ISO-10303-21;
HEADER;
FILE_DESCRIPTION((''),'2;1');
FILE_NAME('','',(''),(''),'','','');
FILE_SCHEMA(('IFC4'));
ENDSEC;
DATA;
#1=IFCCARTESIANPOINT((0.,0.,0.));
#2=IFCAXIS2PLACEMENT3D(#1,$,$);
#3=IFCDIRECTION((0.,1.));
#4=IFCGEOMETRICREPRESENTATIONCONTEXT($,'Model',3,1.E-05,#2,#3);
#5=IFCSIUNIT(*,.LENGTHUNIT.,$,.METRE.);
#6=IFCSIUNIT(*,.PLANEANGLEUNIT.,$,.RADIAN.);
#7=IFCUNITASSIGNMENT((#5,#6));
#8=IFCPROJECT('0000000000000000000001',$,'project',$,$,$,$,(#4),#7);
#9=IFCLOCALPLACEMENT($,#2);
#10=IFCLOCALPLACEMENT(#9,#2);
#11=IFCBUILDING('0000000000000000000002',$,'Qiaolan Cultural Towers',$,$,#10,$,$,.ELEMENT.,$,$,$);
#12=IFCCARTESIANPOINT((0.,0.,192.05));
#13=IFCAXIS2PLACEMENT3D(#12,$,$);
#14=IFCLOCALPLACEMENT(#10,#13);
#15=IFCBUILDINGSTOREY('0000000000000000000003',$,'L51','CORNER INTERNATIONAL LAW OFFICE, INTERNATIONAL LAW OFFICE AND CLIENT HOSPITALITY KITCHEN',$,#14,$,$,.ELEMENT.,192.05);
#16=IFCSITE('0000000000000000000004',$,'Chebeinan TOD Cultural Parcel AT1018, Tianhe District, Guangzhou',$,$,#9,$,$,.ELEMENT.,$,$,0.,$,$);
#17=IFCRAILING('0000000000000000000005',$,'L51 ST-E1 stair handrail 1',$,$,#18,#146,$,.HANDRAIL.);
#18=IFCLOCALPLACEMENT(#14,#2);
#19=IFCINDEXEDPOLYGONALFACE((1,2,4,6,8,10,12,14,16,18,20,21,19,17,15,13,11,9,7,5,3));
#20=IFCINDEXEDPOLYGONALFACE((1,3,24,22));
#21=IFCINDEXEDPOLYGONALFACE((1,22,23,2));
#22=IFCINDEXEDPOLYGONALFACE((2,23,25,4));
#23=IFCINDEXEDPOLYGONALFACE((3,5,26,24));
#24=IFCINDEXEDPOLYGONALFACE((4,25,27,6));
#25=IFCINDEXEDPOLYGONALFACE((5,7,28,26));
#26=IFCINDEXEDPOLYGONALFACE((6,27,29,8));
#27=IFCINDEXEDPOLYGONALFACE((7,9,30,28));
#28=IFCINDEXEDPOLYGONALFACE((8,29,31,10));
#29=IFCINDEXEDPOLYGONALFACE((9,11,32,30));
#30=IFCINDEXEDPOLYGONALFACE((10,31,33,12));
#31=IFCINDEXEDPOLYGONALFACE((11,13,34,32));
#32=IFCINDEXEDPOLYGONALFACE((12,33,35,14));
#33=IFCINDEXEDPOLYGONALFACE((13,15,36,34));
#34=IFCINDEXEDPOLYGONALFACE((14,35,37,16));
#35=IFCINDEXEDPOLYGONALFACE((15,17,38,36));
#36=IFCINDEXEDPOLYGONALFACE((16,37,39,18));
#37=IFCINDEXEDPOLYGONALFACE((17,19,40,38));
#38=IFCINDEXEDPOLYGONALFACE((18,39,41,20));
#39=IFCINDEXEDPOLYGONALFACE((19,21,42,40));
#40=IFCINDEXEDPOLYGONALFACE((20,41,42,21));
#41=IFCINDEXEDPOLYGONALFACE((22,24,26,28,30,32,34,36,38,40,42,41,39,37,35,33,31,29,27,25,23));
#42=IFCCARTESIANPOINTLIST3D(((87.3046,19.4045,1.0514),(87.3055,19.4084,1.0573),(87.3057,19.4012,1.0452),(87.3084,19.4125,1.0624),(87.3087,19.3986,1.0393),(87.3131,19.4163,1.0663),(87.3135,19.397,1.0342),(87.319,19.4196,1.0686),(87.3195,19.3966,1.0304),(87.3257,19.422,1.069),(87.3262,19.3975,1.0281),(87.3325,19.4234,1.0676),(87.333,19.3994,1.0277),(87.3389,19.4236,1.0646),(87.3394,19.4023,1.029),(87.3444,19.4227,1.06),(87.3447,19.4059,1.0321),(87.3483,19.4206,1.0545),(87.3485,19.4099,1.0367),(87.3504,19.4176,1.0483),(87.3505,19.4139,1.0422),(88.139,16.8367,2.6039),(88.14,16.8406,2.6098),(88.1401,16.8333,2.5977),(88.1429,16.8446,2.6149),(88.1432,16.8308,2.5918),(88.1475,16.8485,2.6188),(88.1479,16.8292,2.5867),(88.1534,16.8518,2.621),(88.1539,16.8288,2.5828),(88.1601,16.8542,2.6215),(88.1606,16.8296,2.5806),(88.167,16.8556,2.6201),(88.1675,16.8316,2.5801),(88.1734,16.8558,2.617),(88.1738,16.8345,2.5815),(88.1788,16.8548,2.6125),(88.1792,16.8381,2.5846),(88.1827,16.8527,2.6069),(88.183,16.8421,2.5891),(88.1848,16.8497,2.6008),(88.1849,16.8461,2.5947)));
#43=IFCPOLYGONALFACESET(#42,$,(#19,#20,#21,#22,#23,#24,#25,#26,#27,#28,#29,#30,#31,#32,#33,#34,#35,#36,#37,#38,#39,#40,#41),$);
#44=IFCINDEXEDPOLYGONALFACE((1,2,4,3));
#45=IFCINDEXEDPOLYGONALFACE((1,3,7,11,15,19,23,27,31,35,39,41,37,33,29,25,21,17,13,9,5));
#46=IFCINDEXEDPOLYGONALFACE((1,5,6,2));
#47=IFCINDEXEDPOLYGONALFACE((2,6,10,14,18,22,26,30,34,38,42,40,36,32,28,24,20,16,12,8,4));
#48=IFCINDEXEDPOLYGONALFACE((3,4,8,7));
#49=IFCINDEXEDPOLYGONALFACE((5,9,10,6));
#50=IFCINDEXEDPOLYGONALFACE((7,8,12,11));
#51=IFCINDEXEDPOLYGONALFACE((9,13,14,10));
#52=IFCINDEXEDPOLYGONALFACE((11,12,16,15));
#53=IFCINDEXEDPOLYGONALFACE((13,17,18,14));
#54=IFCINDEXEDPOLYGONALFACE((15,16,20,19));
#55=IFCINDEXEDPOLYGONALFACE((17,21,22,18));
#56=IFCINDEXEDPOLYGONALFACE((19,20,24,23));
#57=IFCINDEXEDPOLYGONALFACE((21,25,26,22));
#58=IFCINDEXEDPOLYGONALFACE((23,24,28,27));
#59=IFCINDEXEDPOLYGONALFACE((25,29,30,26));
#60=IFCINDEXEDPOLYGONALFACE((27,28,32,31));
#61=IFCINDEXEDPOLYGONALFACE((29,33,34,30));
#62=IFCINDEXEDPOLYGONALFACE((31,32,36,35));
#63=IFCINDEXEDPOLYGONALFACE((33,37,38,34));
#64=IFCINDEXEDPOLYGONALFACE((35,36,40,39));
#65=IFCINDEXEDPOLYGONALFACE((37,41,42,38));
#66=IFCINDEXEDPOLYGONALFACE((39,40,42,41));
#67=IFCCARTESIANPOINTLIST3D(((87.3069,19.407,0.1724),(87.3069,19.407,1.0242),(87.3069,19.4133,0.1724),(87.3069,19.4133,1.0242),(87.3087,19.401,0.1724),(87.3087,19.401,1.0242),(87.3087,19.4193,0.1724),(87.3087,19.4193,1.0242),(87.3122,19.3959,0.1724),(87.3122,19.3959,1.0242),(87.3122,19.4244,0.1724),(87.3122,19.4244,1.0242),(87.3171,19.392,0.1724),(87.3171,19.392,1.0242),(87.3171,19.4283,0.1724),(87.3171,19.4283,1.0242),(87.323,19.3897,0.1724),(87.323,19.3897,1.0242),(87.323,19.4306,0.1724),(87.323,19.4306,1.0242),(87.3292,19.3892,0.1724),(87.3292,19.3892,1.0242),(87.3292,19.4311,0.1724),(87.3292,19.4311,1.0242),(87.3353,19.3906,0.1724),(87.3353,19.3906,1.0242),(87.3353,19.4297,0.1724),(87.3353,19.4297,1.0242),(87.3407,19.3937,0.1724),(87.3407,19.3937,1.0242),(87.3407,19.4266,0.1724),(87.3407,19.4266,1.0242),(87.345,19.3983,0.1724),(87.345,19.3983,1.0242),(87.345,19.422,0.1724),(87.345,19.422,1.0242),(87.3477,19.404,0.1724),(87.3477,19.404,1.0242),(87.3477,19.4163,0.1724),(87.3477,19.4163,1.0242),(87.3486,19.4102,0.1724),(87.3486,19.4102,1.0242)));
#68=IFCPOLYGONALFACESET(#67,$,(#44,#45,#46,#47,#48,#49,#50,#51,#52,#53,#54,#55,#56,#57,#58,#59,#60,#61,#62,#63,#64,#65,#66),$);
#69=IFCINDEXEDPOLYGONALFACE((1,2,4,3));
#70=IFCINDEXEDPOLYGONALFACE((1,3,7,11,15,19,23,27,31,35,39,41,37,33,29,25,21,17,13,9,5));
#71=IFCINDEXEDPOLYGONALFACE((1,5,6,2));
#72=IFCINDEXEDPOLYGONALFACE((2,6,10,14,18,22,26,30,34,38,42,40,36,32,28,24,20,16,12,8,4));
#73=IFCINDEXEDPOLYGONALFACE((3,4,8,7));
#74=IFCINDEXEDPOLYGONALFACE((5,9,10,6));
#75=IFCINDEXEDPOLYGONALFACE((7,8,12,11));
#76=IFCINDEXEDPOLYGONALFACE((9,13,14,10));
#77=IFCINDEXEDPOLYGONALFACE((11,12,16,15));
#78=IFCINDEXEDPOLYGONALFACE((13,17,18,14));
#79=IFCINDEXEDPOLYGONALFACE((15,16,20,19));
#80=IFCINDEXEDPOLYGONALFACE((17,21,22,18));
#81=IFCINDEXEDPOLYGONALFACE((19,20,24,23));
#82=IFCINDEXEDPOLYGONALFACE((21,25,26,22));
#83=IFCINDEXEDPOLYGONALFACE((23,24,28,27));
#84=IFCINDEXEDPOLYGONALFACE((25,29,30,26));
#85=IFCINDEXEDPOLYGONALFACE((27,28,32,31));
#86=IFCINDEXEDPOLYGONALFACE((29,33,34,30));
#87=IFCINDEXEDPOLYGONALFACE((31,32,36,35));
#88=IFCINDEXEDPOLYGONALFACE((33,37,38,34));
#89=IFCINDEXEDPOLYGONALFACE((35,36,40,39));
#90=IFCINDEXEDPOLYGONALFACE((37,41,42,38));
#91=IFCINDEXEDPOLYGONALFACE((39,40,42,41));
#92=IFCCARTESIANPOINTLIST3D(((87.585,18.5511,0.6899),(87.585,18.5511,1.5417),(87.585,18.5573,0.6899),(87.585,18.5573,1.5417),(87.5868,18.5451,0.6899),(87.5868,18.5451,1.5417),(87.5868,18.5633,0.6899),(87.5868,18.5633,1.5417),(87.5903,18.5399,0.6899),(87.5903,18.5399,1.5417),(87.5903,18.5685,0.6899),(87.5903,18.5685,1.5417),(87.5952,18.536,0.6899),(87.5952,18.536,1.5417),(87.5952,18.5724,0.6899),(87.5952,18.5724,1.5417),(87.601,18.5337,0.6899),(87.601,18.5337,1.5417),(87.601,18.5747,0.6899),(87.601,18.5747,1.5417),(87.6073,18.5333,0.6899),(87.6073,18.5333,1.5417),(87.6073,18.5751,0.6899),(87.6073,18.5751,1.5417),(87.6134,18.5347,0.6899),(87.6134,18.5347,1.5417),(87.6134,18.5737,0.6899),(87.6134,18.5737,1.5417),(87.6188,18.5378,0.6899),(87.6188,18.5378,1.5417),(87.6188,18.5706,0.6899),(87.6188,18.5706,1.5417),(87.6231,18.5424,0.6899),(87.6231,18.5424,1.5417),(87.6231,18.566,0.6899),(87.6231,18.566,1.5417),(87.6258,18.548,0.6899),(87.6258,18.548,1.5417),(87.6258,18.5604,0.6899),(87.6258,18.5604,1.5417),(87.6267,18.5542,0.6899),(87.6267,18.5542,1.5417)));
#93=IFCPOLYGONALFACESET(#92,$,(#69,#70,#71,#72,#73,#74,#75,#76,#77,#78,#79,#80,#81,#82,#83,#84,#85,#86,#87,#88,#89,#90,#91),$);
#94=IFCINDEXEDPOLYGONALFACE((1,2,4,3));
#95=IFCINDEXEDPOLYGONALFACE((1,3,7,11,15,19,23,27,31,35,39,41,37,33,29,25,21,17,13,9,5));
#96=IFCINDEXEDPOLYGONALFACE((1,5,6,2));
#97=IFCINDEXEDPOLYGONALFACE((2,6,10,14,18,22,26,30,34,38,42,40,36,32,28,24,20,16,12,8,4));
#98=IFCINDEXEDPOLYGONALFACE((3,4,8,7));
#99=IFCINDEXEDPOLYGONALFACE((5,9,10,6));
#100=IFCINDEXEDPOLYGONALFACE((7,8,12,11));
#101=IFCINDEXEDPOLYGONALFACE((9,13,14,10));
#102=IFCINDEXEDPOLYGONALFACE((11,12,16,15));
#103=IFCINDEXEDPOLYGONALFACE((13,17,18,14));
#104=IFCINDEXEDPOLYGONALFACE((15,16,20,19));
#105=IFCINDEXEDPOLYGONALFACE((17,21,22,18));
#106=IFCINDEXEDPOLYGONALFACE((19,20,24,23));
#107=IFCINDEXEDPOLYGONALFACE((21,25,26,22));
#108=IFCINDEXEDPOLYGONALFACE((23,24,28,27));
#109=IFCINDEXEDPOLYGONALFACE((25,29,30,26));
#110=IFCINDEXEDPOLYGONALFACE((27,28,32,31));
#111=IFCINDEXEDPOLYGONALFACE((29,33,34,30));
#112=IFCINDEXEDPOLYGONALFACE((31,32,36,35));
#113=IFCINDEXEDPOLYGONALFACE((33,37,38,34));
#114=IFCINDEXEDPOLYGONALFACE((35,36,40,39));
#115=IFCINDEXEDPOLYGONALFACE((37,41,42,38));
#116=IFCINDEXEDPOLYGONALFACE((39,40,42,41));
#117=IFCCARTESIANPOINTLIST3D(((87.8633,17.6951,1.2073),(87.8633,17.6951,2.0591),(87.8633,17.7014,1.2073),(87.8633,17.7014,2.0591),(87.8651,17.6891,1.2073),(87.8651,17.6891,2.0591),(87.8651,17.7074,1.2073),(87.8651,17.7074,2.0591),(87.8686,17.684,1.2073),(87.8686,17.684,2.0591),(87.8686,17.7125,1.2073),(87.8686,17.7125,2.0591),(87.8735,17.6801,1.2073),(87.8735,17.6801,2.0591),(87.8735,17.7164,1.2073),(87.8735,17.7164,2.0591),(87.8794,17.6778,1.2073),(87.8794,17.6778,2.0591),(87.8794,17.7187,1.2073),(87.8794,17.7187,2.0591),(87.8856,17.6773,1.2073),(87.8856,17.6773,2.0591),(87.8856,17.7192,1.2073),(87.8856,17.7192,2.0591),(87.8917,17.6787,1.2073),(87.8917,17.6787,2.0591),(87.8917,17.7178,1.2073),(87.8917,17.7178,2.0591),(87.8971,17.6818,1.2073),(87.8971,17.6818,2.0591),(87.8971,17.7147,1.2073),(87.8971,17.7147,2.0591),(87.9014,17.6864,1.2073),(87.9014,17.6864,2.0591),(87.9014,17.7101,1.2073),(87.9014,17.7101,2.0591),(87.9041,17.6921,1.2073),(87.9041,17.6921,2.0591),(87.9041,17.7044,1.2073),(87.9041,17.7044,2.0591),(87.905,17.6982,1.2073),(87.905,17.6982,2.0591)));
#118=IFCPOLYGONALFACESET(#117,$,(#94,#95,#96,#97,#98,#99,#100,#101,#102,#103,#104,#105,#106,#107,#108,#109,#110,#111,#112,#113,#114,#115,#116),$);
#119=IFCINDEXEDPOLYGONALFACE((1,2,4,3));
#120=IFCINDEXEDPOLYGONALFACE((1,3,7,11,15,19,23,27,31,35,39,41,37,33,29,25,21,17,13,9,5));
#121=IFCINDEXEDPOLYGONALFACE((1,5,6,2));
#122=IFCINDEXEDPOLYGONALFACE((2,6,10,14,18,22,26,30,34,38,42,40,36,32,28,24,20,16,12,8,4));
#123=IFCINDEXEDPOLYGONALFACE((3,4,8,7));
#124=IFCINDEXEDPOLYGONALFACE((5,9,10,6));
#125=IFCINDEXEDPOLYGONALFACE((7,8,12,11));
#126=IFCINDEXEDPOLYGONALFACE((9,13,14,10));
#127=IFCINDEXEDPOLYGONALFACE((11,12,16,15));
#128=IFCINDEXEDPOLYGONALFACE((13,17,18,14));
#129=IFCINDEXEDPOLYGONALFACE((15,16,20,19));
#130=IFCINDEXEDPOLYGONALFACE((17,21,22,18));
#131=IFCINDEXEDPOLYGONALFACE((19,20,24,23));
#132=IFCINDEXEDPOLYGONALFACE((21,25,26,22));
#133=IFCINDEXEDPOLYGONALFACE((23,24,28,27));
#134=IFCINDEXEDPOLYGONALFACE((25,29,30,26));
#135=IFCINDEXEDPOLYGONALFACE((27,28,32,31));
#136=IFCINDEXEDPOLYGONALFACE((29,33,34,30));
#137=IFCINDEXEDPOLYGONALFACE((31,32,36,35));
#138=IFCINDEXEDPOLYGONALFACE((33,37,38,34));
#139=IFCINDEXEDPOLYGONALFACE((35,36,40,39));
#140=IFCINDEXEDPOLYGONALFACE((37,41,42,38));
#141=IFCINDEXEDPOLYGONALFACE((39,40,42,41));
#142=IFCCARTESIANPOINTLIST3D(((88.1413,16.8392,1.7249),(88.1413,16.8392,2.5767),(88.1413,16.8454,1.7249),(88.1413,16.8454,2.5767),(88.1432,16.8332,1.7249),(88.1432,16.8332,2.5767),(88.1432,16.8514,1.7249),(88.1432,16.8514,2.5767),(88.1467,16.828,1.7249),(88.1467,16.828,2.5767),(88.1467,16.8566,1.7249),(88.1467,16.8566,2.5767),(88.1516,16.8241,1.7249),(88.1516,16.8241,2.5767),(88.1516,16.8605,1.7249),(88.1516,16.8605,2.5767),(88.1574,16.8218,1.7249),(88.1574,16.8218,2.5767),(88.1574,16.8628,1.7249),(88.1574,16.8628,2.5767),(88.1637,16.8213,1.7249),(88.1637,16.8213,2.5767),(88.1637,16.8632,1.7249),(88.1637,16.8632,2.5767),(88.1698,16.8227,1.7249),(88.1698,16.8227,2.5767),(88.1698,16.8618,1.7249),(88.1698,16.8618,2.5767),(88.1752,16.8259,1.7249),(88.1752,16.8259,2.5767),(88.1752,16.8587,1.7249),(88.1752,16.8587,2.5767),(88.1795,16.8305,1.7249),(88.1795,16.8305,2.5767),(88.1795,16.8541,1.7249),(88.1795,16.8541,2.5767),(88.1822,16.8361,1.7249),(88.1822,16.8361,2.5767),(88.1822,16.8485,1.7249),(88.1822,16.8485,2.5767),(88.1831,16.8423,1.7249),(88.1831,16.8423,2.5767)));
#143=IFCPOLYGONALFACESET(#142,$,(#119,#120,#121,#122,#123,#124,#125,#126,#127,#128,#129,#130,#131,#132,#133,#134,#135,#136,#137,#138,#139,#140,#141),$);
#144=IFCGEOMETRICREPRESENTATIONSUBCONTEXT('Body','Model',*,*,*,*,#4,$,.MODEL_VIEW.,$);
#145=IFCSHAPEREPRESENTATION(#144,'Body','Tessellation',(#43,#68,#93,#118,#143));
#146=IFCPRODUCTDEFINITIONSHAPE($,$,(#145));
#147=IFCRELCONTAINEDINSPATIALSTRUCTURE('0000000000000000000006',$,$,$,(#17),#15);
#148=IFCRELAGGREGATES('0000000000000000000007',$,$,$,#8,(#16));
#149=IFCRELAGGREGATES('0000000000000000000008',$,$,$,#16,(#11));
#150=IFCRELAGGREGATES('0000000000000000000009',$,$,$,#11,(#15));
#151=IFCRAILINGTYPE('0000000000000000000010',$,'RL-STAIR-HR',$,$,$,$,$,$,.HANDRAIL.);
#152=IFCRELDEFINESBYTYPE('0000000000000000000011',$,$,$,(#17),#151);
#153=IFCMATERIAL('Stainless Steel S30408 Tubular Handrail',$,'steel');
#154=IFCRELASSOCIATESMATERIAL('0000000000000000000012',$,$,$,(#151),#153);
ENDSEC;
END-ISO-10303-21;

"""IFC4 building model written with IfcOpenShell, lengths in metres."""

from ifc_helpers import new_model, si_unit, direction, frame, origin, origin_2d, place, context, subcontext, project, spatial, circle, extrude, material, type_object, element, save


model = new_model("IFC4")

# Units and contexts
model_context = context("Model", 3, precision=1e-05, world=origin(), true_north=direction((0.0, 1.0)))
body_context = subcontext(model_context, "Body", "Model", "MODEL_VIEW")
ifc_project = project(units=[si_unit("LENGTHUNIT", "METRE"), si_unit("PLANEANGLEUNIT", "RADIAN")], contexts=[model_context])

# Site, building, storey
site_placement = place(None, origin())
site = spatial("IfcSite", under=ifc_project, at=site_placement, Name="Chebeinan TOD Cultural Parcel AT1018, Tianhe District, Guangzhou", CompositionType="ELEMENT", RefElevation=0.0)
building_placement = place(site_placement, origin())
building = spatial("IfcBuilding", under=site, at=building_placement, Name="Qiaolan Cultural Towers", CompositionType="ELEMENT")
storey_placement = place(building_placement, frame((0.0, 0.0, 192.05)))
storey = spatial("IfcBuildingStorey", under=building, at=storey_placement, Name="L51", Description="CORNER INTERNATIONAL LAW OFFICE, INTERNATIONAL LAW OFFICE AND CLIENT HOSPITALITY KITCHEN", CompositionType="ELEMENT", Elevation=192.05)

# Railing
ifc_material_1 = material(Name="Stainless Steel S30408 Tubular Handrail", Category="steel")
railing_type_1 = type_object("IfcRailingType", Name="RL-STAIR-HR", PredefinedType="HANDRAIL", material=ifc_material_1)
railing_1_placement = place(storey_placement, frame((87.3276, 19.4102, 0.1724)))
element("IfcRailing", 1, at=railing_1_placement, inside=storey, type_object=railing_type_1, Name="L51 ST-E1 stair handrail 1", PredefinedType="HANDRAIL", context=body_context, shape_type="SweptSolid", body=[
    extrude(circle(Radius=0.0239, at=origin_2d()), frame((0.0, 0.0, 0.876), z_axis=(0.267926, -0.824471, 0.498461), x_axis=(0.951043, 0.309057, 0.0)), (0.0, 0.0, 1.0), 3.1145),
    extrude(circle(Radius=0.021, at=origin_2d()), origin(), (0.0, 0.0, 1.0), 0.8518),
    extrude(circle(Radius=0.021, at=origin_2d()), frame((0.2781, -0.856, 0.5176)), (0.0, 0.0, 1.0), 0.8518),
    extrude(circle(Radius=0.021, at=origin_2d()), frame((0.5564, -1.7119, 1.0349)), (0.0, 0.0, 1.0), 0.8518),
    extrude(circle(Radius=0.021, at=origin_2d()), frame((0.8345, -2.5679, 1.5525)), (0.0, 0.0, 1.0), 0.8518),
])

save(model, "model.ifc")
